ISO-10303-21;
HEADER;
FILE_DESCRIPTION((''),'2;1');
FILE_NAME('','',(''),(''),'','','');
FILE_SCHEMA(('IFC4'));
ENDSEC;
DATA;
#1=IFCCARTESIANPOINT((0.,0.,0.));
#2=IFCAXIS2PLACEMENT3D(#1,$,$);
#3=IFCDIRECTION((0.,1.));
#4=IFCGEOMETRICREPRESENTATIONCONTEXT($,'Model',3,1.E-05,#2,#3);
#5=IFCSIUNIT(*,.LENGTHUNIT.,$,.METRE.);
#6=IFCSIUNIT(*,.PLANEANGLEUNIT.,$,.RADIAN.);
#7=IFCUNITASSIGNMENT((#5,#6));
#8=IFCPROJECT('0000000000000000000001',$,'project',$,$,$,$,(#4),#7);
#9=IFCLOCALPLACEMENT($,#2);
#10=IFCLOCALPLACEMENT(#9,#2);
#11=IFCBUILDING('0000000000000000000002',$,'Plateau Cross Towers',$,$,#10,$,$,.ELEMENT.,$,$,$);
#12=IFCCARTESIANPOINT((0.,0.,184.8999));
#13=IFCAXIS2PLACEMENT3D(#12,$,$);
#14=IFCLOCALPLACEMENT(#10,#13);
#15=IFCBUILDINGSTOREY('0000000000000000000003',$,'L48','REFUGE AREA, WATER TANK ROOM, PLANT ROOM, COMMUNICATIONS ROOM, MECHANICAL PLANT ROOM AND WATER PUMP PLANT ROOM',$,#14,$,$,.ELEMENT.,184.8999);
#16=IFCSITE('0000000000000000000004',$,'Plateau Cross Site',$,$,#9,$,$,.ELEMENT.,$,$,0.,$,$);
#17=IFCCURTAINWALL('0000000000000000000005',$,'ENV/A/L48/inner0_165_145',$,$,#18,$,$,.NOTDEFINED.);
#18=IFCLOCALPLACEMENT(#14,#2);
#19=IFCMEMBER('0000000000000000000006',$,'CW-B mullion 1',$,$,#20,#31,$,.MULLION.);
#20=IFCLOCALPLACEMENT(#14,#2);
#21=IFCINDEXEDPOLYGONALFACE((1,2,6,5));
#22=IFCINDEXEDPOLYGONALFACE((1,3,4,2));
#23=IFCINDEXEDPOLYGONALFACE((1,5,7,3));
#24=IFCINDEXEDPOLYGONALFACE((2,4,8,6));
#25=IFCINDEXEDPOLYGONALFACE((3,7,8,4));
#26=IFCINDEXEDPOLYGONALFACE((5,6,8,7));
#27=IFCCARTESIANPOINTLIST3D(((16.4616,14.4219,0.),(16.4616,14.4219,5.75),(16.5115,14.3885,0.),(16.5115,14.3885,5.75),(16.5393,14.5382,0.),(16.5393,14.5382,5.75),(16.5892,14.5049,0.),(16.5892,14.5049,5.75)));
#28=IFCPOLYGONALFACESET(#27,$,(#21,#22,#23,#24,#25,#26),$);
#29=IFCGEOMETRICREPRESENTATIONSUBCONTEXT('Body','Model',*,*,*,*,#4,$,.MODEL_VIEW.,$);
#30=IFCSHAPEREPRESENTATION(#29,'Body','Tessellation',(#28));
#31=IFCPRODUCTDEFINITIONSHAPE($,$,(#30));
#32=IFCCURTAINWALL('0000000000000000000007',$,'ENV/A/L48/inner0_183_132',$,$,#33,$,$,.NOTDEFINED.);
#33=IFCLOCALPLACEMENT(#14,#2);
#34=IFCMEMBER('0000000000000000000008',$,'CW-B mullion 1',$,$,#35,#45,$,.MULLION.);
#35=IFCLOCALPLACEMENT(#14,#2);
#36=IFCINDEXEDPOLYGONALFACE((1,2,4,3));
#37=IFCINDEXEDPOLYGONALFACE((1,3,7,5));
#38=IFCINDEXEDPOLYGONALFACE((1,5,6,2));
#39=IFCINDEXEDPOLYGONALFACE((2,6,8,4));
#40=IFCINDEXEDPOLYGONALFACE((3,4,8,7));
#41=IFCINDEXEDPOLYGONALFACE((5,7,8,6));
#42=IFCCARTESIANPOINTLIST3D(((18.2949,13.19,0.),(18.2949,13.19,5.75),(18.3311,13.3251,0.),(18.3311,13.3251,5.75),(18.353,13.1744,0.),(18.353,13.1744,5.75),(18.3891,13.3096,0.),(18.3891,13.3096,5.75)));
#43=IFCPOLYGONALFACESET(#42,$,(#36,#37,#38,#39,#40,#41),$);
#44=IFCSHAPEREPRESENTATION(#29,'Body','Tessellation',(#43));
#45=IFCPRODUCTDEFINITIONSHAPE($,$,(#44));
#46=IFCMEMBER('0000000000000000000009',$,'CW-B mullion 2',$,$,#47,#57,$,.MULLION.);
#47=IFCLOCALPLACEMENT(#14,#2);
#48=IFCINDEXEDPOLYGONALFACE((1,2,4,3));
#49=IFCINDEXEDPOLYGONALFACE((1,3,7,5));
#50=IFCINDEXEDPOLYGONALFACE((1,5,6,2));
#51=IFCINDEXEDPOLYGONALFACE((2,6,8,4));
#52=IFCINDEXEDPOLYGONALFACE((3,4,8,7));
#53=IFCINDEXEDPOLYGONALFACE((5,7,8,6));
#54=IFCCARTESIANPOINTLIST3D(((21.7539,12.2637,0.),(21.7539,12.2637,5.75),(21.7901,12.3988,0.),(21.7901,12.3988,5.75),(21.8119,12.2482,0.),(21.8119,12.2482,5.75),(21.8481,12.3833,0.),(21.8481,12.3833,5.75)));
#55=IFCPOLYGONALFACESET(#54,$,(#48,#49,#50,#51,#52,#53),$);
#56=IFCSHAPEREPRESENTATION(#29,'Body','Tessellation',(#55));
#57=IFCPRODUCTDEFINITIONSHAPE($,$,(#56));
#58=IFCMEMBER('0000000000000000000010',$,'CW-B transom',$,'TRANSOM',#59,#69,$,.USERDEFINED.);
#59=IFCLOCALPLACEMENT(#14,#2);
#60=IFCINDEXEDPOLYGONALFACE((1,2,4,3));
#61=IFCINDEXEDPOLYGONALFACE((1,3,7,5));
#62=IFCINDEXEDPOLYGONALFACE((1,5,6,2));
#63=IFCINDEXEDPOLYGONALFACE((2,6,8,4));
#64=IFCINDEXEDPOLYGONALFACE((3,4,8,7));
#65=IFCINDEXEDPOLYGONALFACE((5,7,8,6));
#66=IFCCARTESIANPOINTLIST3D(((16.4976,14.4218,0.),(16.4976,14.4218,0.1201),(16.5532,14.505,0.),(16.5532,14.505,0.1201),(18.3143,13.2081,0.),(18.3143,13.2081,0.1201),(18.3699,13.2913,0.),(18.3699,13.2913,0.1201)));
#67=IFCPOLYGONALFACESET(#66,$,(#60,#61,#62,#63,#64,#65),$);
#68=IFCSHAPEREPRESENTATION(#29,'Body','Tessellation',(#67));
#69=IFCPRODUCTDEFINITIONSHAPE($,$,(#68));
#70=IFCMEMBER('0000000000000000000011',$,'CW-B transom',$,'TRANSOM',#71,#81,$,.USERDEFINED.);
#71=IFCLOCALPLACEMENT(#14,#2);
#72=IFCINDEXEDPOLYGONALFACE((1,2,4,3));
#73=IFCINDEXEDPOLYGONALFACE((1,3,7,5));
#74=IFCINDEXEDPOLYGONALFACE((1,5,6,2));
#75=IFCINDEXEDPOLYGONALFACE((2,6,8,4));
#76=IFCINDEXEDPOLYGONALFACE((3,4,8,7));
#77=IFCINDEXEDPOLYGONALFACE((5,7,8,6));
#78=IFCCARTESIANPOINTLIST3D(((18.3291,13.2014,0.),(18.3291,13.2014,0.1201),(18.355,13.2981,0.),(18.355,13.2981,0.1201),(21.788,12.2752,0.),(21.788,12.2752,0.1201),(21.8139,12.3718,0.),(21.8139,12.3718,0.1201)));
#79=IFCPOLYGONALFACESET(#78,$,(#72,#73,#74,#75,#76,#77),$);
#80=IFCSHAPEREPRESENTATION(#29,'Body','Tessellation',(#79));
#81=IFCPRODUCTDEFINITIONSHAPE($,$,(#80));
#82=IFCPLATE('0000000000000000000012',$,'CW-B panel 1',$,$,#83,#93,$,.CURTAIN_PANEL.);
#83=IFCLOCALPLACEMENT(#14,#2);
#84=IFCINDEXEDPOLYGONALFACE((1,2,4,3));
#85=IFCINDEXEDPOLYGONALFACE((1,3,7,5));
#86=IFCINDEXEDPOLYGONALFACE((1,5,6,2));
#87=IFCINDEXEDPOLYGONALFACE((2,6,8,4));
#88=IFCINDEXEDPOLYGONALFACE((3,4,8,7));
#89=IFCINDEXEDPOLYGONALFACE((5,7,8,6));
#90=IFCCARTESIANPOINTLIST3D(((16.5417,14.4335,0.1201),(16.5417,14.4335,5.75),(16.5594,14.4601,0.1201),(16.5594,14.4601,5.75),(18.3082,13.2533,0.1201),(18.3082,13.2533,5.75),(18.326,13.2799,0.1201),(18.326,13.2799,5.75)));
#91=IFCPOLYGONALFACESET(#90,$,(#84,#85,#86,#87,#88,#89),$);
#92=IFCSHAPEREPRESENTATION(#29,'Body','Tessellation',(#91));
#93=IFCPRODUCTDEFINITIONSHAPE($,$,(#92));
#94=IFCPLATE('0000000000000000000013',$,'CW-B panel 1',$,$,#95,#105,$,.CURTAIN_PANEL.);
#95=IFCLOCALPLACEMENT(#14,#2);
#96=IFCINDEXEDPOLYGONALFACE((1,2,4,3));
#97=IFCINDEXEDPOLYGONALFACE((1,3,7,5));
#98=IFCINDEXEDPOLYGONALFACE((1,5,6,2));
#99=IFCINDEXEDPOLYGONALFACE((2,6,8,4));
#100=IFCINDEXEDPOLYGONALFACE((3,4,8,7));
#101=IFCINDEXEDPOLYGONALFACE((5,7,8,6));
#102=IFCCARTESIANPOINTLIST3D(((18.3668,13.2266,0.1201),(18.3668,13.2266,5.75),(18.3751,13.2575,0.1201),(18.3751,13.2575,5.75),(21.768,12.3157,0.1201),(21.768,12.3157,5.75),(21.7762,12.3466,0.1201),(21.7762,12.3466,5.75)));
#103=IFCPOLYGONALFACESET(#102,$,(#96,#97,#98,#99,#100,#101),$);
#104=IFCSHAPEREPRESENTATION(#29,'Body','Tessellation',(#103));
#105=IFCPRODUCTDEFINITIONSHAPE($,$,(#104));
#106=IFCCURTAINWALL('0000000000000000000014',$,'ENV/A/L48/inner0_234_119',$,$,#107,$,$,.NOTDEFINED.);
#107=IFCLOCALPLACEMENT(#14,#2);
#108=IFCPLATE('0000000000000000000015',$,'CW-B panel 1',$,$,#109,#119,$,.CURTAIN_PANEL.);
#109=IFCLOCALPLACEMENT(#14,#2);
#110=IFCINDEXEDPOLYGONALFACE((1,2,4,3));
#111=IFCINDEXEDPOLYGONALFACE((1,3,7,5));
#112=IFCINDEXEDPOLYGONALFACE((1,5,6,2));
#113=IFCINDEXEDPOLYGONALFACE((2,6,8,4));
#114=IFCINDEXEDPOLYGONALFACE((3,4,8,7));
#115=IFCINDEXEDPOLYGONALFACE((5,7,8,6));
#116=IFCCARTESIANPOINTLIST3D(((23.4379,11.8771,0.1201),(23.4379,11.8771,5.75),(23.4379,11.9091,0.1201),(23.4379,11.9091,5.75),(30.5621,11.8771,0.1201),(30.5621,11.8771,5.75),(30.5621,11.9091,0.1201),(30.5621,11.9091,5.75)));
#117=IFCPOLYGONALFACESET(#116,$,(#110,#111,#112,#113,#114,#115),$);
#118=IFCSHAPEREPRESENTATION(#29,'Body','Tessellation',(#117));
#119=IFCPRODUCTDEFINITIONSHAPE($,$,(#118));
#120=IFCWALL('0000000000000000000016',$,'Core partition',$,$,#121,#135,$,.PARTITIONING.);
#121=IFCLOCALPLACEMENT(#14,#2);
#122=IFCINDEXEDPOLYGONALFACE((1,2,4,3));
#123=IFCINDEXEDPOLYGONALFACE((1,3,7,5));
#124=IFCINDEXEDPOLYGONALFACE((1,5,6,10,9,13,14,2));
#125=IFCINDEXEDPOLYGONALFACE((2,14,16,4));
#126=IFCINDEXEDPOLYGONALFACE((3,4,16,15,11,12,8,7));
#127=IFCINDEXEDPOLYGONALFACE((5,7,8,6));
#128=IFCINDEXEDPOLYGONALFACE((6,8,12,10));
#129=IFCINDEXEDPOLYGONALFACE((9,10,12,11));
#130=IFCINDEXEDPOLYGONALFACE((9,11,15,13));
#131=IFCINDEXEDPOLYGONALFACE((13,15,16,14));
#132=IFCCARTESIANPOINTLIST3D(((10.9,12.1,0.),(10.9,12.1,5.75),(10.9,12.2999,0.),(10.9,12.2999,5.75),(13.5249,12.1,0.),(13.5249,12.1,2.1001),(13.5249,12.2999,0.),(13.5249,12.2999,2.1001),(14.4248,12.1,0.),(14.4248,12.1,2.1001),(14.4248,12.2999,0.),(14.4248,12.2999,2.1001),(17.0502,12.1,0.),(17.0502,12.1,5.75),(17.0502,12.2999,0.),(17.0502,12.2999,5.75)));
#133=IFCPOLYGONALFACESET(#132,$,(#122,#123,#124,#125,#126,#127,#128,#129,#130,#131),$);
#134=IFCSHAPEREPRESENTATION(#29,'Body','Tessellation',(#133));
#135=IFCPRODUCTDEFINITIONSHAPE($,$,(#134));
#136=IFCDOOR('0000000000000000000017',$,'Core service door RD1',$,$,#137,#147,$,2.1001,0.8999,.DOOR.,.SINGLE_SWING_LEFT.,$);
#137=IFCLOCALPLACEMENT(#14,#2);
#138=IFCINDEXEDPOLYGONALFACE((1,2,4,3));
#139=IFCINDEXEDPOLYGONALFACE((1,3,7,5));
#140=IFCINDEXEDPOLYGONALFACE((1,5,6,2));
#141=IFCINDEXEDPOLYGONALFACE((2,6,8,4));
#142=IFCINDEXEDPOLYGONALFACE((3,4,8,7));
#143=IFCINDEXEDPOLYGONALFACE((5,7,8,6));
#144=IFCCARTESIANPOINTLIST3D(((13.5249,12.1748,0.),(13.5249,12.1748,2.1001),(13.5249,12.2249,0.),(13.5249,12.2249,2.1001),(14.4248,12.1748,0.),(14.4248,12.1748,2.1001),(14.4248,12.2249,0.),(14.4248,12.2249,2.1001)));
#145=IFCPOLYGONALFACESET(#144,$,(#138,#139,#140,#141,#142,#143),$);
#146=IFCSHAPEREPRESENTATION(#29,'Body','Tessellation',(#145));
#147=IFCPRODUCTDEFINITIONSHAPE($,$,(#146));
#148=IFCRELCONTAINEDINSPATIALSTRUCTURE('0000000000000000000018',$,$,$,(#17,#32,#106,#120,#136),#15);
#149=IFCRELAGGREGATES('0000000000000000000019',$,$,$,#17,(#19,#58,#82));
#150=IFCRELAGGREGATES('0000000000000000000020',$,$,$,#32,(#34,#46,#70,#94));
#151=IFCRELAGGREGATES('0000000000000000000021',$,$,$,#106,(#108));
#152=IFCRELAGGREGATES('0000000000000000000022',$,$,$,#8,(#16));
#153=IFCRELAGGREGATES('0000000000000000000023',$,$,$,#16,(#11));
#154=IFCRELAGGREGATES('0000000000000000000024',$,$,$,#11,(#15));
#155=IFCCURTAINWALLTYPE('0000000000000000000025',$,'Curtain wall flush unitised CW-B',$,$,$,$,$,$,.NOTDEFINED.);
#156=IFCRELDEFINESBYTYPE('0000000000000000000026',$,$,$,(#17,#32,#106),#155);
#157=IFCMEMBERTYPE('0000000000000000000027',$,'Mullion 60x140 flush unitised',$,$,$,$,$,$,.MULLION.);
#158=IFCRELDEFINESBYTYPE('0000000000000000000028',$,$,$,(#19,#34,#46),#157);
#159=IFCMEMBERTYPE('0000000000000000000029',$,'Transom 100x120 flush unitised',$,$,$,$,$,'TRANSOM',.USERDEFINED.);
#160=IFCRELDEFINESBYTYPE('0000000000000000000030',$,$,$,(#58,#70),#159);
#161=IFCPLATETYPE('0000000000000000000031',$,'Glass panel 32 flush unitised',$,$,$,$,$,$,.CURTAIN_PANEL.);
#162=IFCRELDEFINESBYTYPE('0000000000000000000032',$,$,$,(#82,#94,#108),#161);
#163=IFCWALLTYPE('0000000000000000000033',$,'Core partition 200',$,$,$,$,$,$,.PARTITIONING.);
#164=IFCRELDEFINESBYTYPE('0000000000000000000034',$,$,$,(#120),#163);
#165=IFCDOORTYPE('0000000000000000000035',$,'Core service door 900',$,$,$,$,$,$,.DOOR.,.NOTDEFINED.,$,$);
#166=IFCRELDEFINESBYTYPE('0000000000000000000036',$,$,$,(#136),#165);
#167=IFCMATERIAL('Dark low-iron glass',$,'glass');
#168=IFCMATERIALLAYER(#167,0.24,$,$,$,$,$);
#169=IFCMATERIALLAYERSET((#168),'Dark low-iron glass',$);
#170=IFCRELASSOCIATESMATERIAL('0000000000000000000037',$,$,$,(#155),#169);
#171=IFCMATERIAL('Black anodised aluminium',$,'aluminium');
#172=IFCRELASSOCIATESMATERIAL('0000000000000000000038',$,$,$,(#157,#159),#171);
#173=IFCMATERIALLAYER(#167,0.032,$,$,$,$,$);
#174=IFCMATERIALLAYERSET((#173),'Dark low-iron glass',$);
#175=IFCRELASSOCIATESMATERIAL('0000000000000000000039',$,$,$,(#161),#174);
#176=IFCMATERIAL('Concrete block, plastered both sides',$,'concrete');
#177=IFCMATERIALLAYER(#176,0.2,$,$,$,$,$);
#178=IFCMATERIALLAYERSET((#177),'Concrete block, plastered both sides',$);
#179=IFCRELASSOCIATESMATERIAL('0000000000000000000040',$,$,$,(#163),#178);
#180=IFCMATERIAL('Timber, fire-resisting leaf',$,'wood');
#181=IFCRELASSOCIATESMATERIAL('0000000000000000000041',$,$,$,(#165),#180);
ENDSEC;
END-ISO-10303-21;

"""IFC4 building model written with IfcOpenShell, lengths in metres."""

from ifc_helpers import new_model, si_unit, direction, frame, frame_2d, origin, origin_2d, place, context, subcontext, project, spatial, rectangle, extrude, material, layer, layer_set, material_profile, profile_set, type_object, element, fill, aggregate, save


model = new_model("IFC4")

# Units and contexts
model_context = context("Model", 3, precision=1e-05, world=origin(), true_north=direction((0.0, 1.0)))
body_context = subcontext(model_context, "Body", "Model", "MODEL_VIEW")
ifc_project = project(units=[si_unit("LENGTHUNIT", "METRE"), si_unit("PLANEANGLEUNIT", "RADIAN")], contexts=[model_context])

# Site, building, storey
site_placement = place(None, origin())
site = spatial("IfcSite", under=ifc_project, at=site_placement, Name="Plateau Cross Site", CompositionType="ELEMENT", RefElevation=0.0)
building_placement = place(site_placement, origin())
building = spatial("IfcBuilding", under=site, at=building_placement, Name="Plateau Cross Towers", CompositionType="ELEMENT")
storey_placement = place(building_placement, frame((0.0, 0.0, 184.8999)))
storey = spatial("IfcBuildingStorey", under=building, at=storey_placement, Name="L48", Description="REFUGE AREA, WATER TANK ROOM, PLANT ROOM, COMMUNICATIONS ROOM, MECHANICAL PLANT ROOM AND WATER PUMP PLANT ROOM", CompositionType="ELEMENT", Elevation=184.8999)

# Curtain wall, member
ifc_material_1 = material(Name="Dark low-iron glass", Category="glass")
ifc_layer_1 = layer(ifc_material_1, 0.24)
ifc_layer_set_1 = layer_set([ifc_layer_1], Name="Dark low-iron glass")
curtain_wall_type = type_object("IfcCurtainWallType", Name="Curtain wall flush unitised CW-B", PredefinedType="NOTDEFINED", material=ifc_layer_set_1)
curtain_wall_1_placement = place(storey_placement, origin())
curtain_wall_1 = element("IfcCurtainWall", 1, at=curtain_wall_1_placement, inside=storey, type_object=curtain_wall_type, Name="ENV/A/L48/inner0_165_145", PredefinedType="NOTDEFINED")
ifc_material_2 = material(Name="Black anodised aluminium", Category="aluminium")
ifc_material_profile_1 = material_profile(ifc_material_2, rectangle(XDim=0.0601, YDim=0.1399, at=origin_2d()), Name="MULLION 60x140")
ifc_profile_set_1 = profile_set([ifc_material_profile_1], Name="Black anodised aluminium")
member_type_1 = type_object("IfcMemberType", Name="Mullion 60x140 flush unitised", PredefinedType="MULLION", material=ifc_profile_set_1)
member_1_placement = place(storey_placement, frame((16.5254, 14.4634, 0.0), z_axis=(0.0, 0.0, 1.0), x_axis=(0.831521, -0.555493, 0.0)))
member_1 = element("IfcMember", 2, at=member_1_placement, type_object=member_type_1, Name="CW-B mullion 1", PredefinedType="MULLION", context=body_context, shape_type="SweptSolid", body=[
    extrude(rectangle(XDim=0.0601, YDim=0.1399, at=origin_2d()), origin(), (0.0, 0.0, 1.0), 5.75),
])

# Curtain wall, members
curtain_wall_2_placement = place(storey_placement, origin())
curtain_wall_2 = element("IfcCurtainWall", 3, at=curtain_wall_2_placement, inside=storey, type_object=curtain_wall_type, Name="ENV/A/L48/inner0_183_132", PredefinedType="NOTDEFINED")
member_2_placement = place(storey_placement, frame((18.342, 13.2498, 0.0), z_axis=(0.0, 0.0, 1.0), x_axis=(0.965958, -0.258699, 0.0)))
member_2 = element("IfcMember", 4, at=member_2_placement, type_object=member_type_1, Name="CW-B mullion 1", PredefinedType="MULLION", context=body_context, shape_type="SweptSolid", body=[
    extrude(rectangle(XDim=0.0601, YDim=0.1399, at=origin_2d()), origin(), (0.0, 0.0, 1.0), 5.75),
])
member_3_placement = place(storey_placement, frame((21.801, 12.3235, 0.0), z_axis=(0.0, 0.0, 1.0), x_axis=(0.965958, -0.258699, 0.0)))
member_3 = element("IfcMember", 5, at=member_3_placement, type_object=member_type_1, Name="CW-B mullion 2", PredefinedType="MULLION", context=body_context, shape_type="SweptSolid", body=[
    extrude(rectangle(XDim=0.0601, YDim=0.1399, at=origin_2d()), origin(), (0.0, 0.0, 1.0), 5.75),
])

# Members
ifc_material_profile_2 = material_profile(ifc_material_2, rectangle(XDim=0.1001, YDim=0.1201, at=origin_2d()), Name="TRANSOM 100x120")
ifc_profile_set_2 = profile_set([ifc_material_profile_2], Name="Black anodised aluminium")
member_type_2 = type_object("IfcMemberType", Name="Transom 100x120 flush unitised", ElementType="TRANSOM", PredefinedType="USERDEFINED", material=ifc_profile_set_2)
member_4_placement = place(storey_placement, frame((16.5254, 14.4634, 0.0601), z_axis=(0.831517, -0.555499, 0.0), x_axis=(0.555499, 0.831517, 0.0)))
member_4 = element("IfcMember", 6, at=member_4_placement, type_object=member_type_2, Name="CW-B transom", ObjectType="TRANSOM", PredefinedType="USERDEFINED", context=body_context, shape_type="SweptSolid", body=[
    extrude(rectangle(XDim=0.1001, YDim=0.1201, at=origin_2d()), origin(), (0.0, 0.0, 1.0), 2.1848),
])
member_5_placement = place(storey_placement, frame((18.342, 13.2498, 0.0601), z_axis=(0.965965, -0.258672, 0.0), x_axis=(0.258672, 0.965965, 0.0)))
member_5 = element("IfcMember", 7, at=member_5_placement, type_object=member_type_2, Name="CW-B transom", ObjectType="TRANSOM", PredefinedType="USERDEFINED", context=body_context, shape_type="SweptSolid", body=[
    extrude(rectangle(XDim=0.1001, YDim=0.1201, at=origin_2d()), origin(), (0.0, 0.0, 1.0), 3.5808),
])

# Plates
ifc_layer_2 = layer(ifc_material_1, 0.032)
ifc_layer_set_2 = layer_set([ifc_layer_2], Name="Dark low-iron glass")
plate_type = type_object("IfcPlateType", Name="Glass panel 32 flush unitised", PredefinedType="CURTAIN_PANEL", material=ifc_layer_set_2)
plate_1_placement = place(storey_placement, frame((17.4338, 13.8567, 0.1201), z_axis=(0.0, 0.0, 1.0), x_axis=(0.831521, -0.555493, 0.0)))
plate_1 = element("IfcPlate", 8, at=plate_1_placement, type_object=plate_type, Name="CW-B panel 1", PredefinedType="CURTAIN_PANEL", context=body_context, shape_type="SweptSolid", body=[
    extrude(rectangle(XDim=2.1245, YDim=0.032, at=origin_2d()), origin(), (0.0, 0.0, 1.0), 5.6299),
])
aggregate(curtain_wall_1, [member_1, member_4, plate_1])
plate_2_placement = place(storey_placement, frame((20.0715, 12.7866, 0.1201), z_axis=(0.0, 0.0, 1.0), x_axis=(0.965958, -0.258699, 0.0)))
plate_2 = element("IfcPlate", 9, at=plate_2_placement, type_object=plate_type, Name="CW-B panel 1", PredefinedType="CURTAIN_PANEL", context=body_context, shape_type="SweptSolid", body=[
    extrude(rectangle(XDim=3.521, YDim=0.032, at=origin_2d()), origin(), (0.0, 0.0, 1.0), 5.6299),
])
aggregate(curtain_wall_2, [member_2, member_3, member_5, plate_2])

# Curtain wall, plate
curtain_wall_3_placement = place(storey_placement, origin())
curtain_wall_3 = element("IfcCurtainWall", 10, at=curtain_wall_3_placement, inside=storey, type_object=curtain_wall_type, Name="ENV/A/L48/inner0_234_119", PredefinedType="NOTDEFINED")
plate_3_placement = place(storey_placement, frame((27.0, 11.8931, 0.1201), z_axis=(0.0, 0.0, 1.0), x_axis=(1.0, 0.0, 0.0)))
plate_3 = element("IfcPlate", 11, at=plate_3_placement, type_object=plate_type, Name="CW-B panel 1", PredefinedType="CURTAIN_PANEL", context=body_context, shape_type="SweptSolid", body=[
    extrude(rectangle(XDim=7.1243, YDim=0.032, at=origin_2d()), origin(), (0.0, 0.0, 1.0), 5.6299),
])
aggregate(curtain_wall_3, [plate_3])

# Wall, opening, door
ifc_material_3 = material(Name="Concrete block, plastered both sides", Category="concrete")
ifc_layer_3 = layer(ifc_material_3, 0.2)
ifc_layer_set_3 = layer_set([ifc_layer_3], Name="Concrete block, plastered both sides")
wall_type_1 = type_object("IfcWallType", Name="Core partition 200", PredefinedType="PARTITIONING", material=ifc_layer_set_3)
wall_1_placement = place(storey_placement, frame((10.8999, 12.2, 0.0), z_axis=(0.0, 0.0, 1.0), x_axis=(1.0, 0.0, 0.0)))
wall_1 = element("IfcWall", 12, at=wall_1_placement, inside=storey, type_object=wall_type_1, Name="Core partition", PredefinedType="PARTITIONING", context=body_context, shape_type="SweptSolid", body=[
    extrude(rectangle(XDim=6.1501, YDim=0.2, at=frame_2d((3.0752, 0.0))), origin(), (0.0, 0.0, 1.0), 5.75),
])
opening_1_placement = place(wall_1_placement, frame((2.625, 0.0, 0.0)))
opening_1 = element("IfcOpeningElement", 13, at=opening_1_placement, cuts=wall_1, PredefinedType="OPENING", context=body_context, shape_type="SweptSolid", body=[
    extrude(rectangle(XDim=0.8999, YDim=2.1001, at=frame_2d((0.45, 1.05))), frame((0.0, 0.1099, 0.0), z_axis=(0.0, -1.0, 0.0), x_axis=(1.0, 0.0, 0.0)), (0.0, 0.0, 1.0), 0.22),
])
ifc_material_4 = material(Name="Timber, fire-resisting leaf", Category="wood")
door_type_1 = type_object("IfcDoorType", Name="Core service door 900", OperationType="NOTDEFINED", PredefinedType="DOOR", material=ifc_material_4)
door_1_placement = place(opening_1_placement, origin())
door_1 = element("IfcDoor", 14, at=door_1_placement, inside=storey, type_object=door_type_1, Name="Core service door RD1", OperationType="SINGLE_SWING_LEFT", OverallHeight=2.1001, OverallWidth=0.8999, PredefinedType="DOOR", context=body_context, shape_type="SweptSolid", body=[
    extrude(rectangle(XDim=0.8999, YDim=2.1001, at=frame_2d((0.45, 1.05))), frame((0.0, 0.0249, 0.0), z_axis=(0.0, -1.0, 0.0), x_axis=(1.0, 0.0, 0.0)), (0.0, 0.0, 1.0), 0.05),
])
fill(opening_1, door_1)

save(model, "model.ifc")
